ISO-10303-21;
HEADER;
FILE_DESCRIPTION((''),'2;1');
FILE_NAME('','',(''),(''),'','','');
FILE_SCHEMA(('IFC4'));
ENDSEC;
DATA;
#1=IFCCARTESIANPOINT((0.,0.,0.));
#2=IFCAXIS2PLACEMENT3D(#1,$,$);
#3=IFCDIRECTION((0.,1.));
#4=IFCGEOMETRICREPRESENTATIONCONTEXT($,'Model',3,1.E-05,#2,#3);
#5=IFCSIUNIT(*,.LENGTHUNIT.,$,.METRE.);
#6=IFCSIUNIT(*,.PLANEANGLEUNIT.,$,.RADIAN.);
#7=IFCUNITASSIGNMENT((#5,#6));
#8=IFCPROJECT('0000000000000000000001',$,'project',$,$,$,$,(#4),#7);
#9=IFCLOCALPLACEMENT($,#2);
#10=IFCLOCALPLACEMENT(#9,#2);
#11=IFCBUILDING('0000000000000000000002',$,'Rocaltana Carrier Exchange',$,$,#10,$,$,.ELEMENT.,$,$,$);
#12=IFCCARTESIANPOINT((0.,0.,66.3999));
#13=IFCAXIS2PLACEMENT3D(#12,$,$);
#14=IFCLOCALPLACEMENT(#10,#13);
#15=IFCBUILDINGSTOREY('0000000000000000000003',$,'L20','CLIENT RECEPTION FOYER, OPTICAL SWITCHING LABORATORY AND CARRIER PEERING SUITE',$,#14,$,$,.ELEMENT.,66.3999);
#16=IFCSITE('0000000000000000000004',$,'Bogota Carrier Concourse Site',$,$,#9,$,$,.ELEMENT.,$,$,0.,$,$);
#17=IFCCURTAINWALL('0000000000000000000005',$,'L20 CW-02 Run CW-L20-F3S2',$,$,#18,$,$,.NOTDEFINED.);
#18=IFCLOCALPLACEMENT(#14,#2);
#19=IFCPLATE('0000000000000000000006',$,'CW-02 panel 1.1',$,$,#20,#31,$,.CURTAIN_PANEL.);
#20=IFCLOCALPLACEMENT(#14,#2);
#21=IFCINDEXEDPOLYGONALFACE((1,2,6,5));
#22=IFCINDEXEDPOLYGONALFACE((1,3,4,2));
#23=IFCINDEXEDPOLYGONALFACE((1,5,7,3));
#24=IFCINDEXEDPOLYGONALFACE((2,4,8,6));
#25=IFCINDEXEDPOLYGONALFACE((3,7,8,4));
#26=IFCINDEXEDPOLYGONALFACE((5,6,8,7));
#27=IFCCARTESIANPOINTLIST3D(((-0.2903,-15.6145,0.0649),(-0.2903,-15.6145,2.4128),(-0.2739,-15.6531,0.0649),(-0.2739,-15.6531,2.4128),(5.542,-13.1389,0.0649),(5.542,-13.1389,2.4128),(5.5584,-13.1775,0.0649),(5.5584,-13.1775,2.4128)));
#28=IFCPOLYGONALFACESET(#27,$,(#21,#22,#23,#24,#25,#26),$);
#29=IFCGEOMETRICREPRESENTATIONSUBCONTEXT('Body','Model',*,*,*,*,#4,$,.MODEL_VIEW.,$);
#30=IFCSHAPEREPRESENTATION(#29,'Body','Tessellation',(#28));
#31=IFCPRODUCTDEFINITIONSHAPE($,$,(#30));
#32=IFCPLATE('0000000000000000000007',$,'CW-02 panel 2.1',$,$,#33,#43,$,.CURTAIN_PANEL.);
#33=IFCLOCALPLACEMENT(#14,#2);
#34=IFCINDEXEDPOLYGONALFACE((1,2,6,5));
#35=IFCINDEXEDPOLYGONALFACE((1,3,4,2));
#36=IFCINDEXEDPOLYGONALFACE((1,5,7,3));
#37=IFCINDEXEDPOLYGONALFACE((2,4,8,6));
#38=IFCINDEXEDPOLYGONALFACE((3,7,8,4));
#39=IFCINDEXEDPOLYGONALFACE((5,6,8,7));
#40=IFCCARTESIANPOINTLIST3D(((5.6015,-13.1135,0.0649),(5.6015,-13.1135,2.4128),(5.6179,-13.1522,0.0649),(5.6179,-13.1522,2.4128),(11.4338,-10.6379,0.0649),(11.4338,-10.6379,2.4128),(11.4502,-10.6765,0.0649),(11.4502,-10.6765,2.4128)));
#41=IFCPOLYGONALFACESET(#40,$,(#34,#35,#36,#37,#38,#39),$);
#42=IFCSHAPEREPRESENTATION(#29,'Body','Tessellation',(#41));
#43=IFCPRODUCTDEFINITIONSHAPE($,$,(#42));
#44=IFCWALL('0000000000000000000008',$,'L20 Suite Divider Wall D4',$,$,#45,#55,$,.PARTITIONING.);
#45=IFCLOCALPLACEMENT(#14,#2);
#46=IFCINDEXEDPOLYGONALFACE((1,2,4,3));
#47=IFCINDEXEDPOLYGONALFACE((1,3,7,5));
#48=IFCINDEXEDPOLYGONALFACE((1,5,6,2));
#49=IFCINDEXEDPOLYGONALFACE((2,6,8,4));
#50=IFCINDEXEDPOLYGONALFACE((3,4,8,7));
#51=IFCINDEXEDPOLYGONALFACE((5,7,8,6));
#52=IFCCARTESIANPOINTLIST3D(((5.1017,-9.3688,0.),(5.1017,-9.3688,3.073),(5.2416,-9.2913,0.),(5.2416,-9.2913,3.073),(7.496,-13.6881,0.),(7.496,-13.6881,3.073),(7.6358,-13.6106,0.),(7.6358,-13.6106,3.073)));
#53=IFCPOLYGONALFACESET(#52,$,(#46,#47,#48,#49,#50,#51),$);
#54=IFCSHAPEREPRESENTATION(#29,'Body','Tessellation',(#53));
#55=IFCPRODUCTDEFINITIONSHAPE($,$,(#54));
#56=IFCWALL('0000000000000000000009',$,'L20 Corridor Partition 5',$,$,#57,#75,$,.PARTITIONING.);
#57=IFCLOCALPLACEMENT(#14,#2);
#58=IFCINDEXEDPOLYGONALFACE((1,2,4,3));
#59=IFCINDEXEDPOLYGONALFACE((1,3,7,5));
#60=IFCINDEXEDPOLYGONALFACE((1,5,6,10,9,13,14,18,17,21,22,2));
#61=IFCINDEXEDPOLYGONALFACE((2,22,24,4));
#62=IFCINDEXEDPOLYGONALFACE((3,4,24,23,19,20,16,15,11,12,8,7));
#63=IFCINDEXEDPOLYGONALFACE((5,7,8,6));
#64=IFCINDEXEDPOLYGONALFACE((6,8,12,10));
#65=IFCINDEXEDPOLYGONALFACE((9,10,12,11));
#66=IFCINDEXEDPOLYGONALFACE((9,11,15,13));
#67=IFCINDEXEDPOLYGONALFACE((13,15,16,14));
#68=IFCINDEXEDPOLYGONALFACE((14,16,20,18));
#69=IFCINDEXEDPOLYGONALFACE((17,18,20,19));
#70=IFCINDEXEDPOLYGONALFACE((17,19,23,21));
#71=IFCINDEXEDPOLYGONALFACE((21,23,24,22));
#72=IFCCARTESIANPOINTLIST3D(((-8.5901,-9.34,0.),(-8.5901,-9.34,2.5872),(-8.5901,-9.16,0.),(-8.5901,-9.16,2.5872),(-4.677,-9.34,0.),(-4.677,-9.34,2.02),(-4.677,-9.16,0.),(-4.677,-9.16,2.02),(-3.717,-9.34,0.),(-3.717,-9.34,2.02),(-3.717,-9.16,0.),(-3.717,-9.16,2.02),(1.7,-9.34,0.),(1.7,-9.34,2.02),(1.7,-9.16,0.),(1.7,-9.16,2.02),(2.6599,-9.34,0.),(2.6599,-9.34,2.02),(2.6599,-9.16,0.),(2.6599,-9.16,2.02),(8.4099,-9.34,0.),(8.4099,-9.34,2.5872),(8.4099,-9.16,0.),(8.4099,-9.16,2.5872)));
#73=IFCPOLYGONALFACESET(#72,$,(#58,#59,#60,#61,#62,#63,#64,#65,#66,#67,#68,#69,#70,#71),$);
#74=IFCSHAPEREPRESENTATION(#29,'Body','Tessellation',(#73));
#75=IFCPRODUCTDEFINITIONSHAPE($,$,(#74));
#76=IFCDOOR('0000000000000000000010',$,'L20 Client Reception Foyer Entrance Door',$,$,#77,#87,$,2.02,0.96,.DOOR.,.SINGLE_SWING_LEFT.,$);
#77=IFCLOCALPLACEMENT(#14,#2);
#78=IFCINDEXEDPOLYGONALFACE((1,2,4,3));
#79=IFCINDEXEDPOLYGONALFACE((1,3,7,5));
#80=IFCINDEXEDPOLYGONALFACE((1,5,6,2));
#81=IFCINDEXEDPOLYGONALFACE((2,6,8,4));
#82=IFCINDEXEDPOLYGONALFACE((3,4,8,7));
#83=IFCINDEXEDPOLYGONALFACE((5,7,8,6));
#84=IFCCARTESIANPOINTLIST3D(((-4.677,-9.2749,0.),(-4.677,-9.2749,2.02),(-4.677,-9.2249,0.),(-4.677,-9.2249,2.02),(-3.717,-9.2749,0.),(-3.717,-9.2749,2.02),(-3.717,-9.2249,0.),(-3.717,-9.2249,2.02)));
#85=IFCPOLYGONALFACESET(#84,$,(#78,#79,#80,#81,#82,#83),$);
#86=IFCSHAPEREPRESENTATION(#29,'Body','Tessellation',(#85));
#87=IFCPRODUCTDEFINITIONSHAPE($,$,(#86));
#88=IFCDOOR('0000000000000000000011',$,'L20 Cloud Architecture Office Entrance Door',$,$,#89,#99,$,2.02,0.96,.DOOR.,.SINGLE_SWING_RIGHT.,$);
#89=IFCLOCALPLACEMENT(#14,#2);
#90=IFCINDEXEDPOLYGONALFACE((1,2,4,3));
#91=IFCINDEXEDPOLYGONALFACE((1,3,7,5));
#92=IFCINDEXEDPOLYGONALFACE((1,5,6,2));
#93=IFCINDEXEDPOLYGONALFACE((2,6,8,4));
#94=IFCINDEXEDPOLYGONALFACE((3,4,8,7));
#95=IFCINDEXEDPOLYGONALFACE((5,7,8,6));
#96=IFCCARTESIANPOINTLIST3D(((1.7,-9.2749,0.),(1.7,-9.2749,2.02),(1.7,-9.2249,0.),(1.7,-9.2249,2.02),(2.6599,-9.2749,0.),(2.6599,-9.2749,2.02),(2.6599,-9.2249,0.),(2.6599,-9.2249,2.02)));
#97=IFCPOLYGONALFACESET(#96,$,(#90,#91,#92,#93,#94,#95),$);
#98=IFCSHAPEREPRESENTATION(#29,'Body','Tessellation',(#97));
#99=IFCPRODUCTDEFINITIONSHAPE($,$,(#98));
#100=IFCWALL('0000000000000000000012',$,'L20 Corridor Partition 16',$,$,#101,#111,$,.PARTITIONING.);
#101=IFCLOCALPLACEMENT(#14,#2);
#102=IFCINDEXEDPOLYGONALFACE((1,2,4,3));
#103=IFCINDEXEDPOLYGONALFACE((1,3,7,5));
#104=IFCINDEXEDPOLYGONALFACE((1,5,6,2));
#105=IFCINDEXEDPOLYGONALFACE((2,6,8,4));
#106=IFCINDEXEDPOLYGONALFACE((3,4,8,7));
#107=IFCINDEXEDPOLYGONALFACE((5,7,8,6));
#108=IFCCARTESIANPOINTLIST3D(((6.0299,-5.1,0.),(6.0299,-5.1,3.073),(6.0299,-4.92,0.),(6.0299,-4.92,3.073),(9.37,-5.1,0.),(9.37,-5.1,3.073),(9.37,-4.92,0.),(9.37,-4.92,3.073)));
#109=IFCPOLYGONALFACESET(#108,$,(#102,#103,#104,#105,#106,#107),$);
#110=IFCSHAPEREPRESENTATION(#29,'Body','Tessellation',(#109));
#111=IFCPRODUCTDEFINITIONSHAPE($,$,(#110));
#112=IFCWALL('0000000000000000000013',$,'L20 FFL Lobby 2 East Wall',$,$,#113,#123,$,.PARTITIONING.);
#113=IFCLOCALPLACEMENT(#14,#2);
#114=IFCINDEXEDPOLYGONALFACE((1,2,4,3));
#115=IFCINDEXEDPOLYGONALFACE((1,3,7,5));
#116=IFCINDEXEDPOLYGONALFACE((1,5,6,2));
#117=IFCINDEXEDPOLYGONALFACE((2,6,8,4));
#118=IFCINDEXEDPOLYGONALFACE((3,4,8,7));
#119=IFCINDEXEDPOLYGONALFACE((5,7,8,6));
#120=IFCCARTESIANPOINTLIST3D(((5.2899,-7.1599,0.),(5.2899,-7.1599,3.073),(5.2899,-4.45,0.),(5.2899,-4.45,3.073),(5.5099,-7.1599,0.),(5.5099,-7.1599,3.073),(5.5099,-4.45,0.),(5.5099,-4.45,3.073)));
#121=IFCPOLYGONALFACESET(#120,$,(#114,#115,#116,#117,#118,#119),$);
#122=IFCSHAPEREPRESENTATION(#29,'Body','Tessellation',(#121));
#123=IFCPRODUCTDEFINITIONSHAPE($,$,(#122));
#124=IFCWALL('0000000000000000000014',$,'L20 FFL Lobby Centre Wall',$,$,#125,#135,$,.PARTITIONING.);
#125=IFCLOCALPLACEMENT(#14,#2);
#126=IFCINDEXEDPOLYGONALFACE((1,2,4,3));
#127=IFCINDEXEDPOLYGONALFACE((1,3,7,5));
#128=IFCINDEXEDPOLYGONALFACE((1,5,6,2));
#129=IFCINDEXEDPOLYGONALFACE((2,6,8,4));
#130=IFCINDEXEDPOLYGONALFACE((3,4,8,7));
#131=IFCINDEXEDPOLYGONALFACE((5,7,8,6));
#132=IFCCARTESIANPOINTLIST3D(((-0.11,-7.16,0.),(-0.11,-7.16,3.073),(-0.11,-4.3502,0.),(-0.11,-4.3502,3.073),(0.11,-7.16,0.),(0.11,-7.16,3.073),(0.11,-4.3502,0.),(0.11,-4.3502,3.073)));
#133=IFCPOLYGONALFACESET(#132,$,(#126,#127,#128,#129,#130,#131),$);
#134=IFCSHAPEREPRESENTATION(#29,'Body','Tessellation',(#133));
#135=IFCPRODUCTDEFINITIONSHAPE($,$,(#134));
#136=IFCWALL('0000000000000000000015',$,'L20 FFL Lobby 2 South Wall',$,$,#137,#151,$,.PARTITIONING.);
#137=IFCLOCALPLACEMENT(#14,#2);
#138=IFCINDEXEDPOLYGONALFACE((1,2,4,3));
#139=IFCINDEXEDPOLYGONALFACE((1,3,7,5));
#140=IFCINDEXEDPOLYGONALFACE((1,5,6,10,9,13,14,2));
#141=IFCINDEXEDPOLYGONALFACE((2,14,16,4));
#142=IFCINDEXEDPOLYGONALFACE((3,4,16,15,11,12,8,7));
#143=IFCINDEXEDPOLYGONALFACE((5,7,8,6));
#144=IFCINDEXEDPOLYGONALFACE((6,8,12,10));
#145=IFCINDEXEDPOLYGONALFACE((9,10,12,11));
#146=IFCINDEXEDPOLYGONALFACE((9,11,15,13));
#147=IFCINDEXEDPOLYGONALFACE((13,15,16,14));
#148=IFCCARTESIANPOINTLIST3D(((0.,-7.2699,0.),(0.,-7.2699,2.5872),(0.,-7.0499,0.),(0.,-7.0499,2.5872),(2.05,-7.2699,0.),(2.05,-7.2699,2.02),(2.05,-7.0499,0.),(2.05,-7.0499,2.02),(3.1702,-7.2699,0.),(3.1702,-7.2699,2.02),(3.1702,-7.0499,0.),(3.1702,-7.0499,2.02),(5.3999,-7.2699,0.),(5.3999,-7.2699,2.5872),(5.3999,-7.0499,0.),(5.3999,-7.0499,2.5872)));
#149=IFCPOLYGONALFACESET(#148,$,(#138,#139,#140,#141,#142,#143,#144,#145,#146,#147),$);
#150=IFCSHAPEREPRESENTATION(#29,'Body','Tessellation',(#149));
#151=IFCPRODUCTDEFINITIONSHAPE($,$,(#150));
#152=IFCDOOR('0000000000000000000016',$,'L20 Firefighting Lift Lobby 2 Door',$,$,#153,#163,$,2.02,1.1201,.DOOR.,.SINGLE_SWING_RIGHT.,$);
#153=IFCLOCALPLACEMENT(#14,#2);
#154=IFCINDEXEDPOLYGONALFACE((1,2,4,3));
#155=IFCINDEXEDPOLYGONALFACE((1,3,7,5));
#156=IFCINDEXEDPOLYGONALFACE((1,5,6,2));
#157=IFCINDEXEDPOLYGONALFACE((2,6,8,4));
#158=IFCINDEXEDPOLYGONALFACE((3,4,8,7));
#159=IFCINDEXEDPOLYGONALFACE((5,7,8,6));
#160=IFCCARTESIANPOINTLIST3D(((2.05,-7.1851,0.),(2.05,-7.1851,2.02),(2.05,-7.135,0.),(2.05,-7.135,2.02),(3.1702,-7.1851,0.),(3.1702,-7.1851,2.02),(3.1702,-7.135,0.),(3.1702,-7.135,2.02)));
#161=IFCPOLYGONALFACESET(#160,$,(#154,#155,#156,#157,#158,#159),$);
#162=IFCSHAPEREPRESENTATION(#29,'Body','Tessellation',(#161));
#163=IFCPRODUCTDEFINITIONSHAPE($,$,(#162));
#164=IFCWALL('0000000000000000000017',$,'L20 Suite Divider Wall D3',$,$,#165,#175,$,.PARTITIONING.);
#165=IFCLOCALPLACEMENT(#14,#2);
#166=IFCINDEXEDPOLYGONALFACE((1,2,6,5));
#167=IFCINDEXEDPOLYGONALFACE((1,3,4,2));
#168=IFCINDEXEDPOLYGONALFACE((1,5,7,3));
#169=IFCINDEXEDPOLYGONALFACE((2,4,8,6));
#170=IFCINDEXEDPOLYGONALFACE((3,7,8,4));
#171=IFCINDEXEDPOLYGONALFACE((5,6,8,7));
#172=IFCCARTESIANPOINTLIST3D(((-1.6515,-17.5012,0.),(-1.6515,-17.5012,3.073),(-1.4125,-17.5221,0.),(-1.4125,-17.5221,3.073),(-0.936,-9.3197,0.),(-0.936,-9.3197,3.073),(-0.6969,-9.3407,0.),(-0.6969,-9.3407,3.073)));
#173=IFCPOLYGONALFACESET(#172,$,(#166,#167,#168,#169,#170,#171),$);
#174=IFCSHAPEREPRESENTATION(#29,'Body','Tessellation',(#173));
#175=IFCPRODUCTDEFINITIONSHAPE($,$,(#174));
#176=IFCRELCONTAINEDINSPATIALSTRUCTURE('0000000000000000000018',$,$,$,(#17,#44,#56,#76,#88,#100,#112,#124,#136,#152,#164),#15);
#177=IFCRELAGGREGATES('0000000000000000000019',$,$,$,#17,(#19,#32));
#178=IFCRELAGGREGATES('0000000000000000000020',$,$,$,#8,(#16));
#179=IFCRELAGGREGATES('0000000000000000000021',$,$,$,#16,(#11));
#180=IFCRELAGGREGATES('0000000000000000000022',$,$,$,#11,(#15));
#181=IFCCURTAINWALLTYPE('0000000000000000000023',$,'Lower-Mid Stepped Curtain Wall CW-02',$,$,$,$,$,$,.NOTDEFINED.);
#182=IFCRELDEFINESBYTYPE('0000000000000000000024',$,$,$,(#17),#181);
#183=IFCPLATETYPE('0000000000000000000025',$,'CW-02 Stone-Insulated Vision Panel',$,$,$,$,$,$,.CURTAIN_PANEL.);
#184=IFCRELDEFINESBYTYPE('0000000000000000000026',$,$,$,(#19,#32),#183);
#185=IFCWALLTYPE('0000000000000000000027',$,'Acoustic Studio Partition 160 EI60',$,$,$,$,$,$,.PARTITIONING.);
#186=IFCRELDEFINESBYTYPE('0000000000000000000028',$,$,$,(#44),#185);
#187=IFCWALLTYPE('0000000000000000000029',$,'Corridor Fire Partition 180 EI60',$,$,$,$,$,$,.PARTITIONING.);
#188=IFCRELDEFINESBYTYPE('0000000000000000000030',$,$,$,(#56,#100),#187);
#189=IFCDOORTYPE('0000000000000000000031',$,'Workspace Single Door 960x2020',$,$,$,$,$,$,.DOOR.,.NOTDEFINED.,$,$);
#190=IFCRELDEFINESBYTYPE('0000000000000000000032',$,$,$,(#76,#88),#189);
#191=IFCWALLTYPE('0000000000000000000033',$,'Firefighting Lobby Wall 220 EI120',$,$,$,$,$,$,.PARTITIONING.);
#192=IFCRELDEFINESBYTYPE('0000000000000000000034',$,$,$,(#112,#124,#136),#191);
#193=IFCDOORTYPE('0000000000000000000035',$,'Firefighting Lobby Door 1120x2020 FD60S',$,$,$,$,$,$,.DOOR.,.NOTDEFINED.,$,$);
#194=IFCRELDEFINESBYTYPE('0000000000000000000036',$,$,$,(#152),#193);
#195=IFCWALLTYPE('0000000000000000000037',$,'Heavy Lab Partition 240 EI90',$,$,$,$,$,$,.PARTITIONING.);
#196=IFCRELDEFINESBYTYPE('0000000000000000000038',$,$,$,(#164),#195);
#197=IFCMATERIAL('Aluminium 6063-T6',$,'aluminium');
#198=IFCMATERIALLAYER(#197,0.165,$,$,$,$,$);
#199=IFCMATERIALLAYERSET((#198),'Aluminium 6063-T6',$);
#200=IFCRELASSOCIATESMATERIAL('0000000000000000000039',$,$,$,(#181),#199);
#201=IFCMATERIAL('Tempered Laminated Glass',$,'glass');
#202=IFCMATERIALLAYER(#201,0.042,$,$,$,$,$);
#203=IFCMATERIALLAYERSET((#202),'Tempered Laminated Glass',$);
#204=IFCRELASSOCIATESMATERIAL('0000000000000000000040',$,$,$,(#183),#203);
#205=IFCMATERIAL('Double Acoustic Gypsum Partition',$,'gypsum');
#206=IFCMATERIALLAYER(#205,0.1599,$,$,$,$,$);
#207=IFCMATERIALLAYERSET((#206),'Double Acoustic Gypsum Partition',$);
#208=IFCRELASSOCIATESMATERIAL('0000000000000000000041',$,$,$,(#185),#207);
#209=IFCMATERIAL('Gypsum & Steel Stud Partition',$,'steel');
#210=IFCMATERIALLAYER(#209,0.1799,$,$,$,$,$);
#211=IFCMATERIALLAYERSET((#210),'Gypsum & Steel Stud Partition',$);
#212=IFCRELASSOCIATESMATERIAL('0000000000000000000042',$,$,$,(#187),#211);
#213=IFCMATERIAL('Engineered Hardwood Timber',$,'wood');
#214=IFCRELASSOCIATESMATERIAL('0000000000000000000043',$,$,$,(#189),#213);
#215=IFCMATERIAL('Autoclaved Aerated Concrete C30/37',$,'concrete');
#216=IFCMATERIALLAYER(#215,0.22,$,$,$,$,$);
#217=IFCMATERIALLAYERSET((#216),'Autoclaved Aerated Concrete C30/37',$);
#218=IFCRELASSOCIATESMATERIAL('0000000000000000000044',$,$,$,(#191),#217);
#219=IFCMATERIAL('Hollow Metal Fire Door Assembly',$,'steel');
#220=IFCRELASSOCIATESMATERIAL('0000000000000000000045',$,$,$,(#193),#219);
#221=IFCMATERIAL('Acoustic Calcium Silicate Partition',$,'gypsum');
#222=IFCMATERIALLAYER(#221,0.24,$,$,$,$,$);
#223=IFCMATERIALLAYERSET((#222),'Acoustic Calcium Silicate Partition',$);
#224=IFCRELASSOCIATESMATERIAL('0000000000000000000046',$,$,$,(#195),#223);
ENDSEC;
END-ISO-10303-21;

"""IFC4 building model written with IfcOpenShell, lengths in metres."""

from ifc_helpers import new_model, si_unit, direction, frame, frame_2d, origin, origin_2d, place, context, subcontext, project, spatial, rectangle, extrude, material, layer, layer_set, type_object, element, fill, aggregate, save


model = new_model("IFC4")

# Units and contexts
model_context = context("Model", 3, precision=1e-05, world=origin(), true_north=direction((0.0, 1.0)))
body_context = subcontext(model_context, "Body", "Model", "MODEL_VIEW")
ifc_project = project(units=[si_unit("LENGTHUNIT", "METRE"), si_unit("PLANEANGLEUNIT", "RADIAN")], contexts=[model_context])

# Site, building, storey
site_placement = place(None, origin())
site = spatial("IfcSite", under=ifc_project, at=site_placement, Name="Bogota Carrier Concourse Site", CompositionType="ELEMENT", RefElevation=0.0)
building_placement = place(site_placement, origin())
building = spatial("IfcBuilding", under=site, at=building_placement, Name="Rocaltana Carrier Exchange", CompositionType="ELEMENT")
storey_placement = place(building_placement, frame((0.0, 0.0, 66.3999)))
storey = spatial("IfcBuildingStorey", under=building, at=storey_placement, Name="L20", Description="CLIENT RECEPTION FOYER, OPTICAL SWITCHING LABORATORY AND CARRIER PEERING SUITE", CompositionType="ELEMENT", Elevation=66.3999)

# Curtain wall
ifc_material_1 = material(Name="Aluminium 6063-T6", Category="aluminium")
ifc_layer_1 = layer(ifc_material_1, 0.165)
ifc_layer_set_1 = layer_set([ifc_layer_1], Name="Aluminium 6063-T6")
curtain_wall_type = type_object("IfcCurtainWallType", Name="Lower-Mid Stepped Curtain Wall CW-02", PredefinedType="NOTDEFINED", material=ifc_layer_set_1)
curtain_wall_placement = place(storey_placement, origin())
curtain_wall = element("IfcCurtainWall", 1, at=curtain_wall_placement, inside=storey, type_object=curtain_wall_type, Name="L20 CW-02 Run CW-L20-F3S2", PredefinedType="NOTDEFINED")

# Plates
ifc_material_2 = material(Name="Tempered Laminated Glass", Category="glass")
ifc_layer_2 = layer(ifc_material_2, 0.042)
ifc_layer_set_2 = layer_set([ifc_layer_2], Name="Tempered Laminated Glass")
plate_type = type_object("IfcPlateType", Name="CW-02 Stone-Insulated Vision Panel", PredefinedType="CURTAIN_PANEL", material=ifc_layer_set_2)
plate_1_placement = place(storey_placement, frame((2.634, -14.396, 0.0649), z_axis=(0.0, 0.0, 1.0), x_axis=(0.920506, 0.390729, 0.0)))
plate_1 = element("IfcPlate", 2, at=plate_1_placement, type_object=plate_type, Name="CW-02 panel 1.1", PredefinedType="CURTAIN_PANEL", context=body_context, shape_type="SweptSolid", body=[
    extrude(rectangle(XDim=6.3359, YDim=0.042, at=origin_2d()), origin(), (0.0, 0.0, 1.0), 2.3479),
])
plate_2_placement = place(storey_placement, frame((8.5259, -11.895, 0.0649), z_axis=(0.0, 0.0, 1.0), x_axis=(0.920506, 0.390729, 0.0)))
plate_2 = element("IfcPlate", 3, at=plate_2_placement, type_object=plate_type, Name="CW-02 panel 2.1", PredefinedType="CURTAIN_PANEL", context=body_context, shape_type="SweptSolid", body=[
    extrude(rectangle(XDim=6.3359, YDim=0.042, at=origin_2d()), origin(), (0.0, 0.0, 1.0), 2.3479),
])
aggregate(curtain_wall, [plate_1, plate_2])

# Wall
ifc_material_3 = material(Name="Double Acoustic Gypsum Partition", Category="gypsum")
ifc_layer_3 = layer(ifc_material_3, 0.1599)
ifc_layer_set_3 = layer_set([ifc_layer_3], Name="Double Acoustic Gypsum Partition")
wall_type_1 = type_object("IfcWallType", Name="Acoustic Studio Partition 160 EI60", PredefinedType="PARTITIONING", material=ifc_layer_set_3)
wall_1_placement = place(storey_placement, frame((5.1716, -9.3301, 0.0), z_axis=(0.0, 0.0, 1.0), x_axis=(0.484816, -0.874616, 0.0)))
element("IfcWall", 4, at=wall_1_placement, inside=storey, type_object=wall_type_1, Name="L20 Suite Divider Wall D4", PredefinedType="PARTITIONING", context=body_context, shape_type="SweptSolid", body=[
    extrude(rectangle(XDim=4.9385, YDim=0.1599, at=frame_2d((2.4692, 0.0))), origin(), (0.0, 0.0, 1.0), 3.073),
])

# Wall, openings, doors
ifc_material_4 = material(Name="Gypsum & Steel Stud Partition", Category="steel")
ifc_layer_4 = layer(ifc_material_4, 0.1799)
ifc_layer_set_4 = layer_set([ifc_layer_4], Name="Gypsum & Steel Stud Partition")
wall_type_2 = type_object("IfcWallType", Name="Corridor Fire Partition 180 EI60", PredefinedType="PARTITIONING", material=ifc_layer_set_4)
wall_2_placement = place(storey_placement, frame((8.4099, -9.25, 0.0), z_axis=(0.0, 0.0, 1.0), x_axis=(-1.0, 0.0, 0.0)))
wall_2 = element("IfcWall", 5, at=wall_2_placement, inside=storey, type_object=wall_type_2, Name="L20 Corridor Partition 5", PredefinedType="PARTITIONING", context=body_context, shape_type="SweptSolid", body=[
    extrude(rectangle(XDim=17.0, YDim=0.1799, at=frame_2d((8.5, 0.0))), origin(), (0.0, 0.0, 1.0), 2.5872),
])
opening_1_placement = place(wall_2_placement, frame((12.127, 0.0, 0.0)))
opening_1 = element("IfcOpeningElement", 6, at=opening_1_placement, cuts=wall_2, PredefinedType="OPENING", context=body_context, shape_type="SweptSolid", body=[
    extrude(rectangle(XDim=0.96, YDim=2.02, at=frame_2d((0.48, 1.01))), frame((0.0, 0.0999, 0.0), z_axis=(0.0, -1.0, 0.0), x_axis=(1.0, 0.0, 0.0)), (0.0, 0.0, 1.0), 0.2),
])
opening_2_placement = place(wall_2_placement, frame((5.75, 0.0, 0.0)))
opening_2 = element("IfcOpeningElement", 7, at=opening_2_placement, cuts=wall_2, PredefinedType="OPENING", context=body_context, shape_type="SweptSolid", body=[
    extrude(rectangle(XDim=0.96, YDim=2.02, at=frame_2d((0.48, 1.01))), frame((0.0, 0.0999, 0.0), z_axis=(0.0, -1.0, 0.0), x_axis=(1.0, 0.0, 0.0)), (0.0, 0.0, 1.0), 0.2),
])
ifc_material_5 = material(Name="Engineered Hardwood Timber", Category="wood")
door_type_1 = type_object("IfcDoorType", Name="Workspace Single Door 960x2020", OperationType="NOTDEFINED", PredefinedType="DOOR", material=ifc_material_5)
door_1_placement = place(opening_1_placement, origin())
door_1 = element("IfcDoor", 8, at=door_1_placement, inside=storey, type_object=door_type_1, Name="L20 Client Reception Foyer Entrance Door", OperationType="SINGLE_SWING_LEFT", OverallHeight=2.02, OverallWidth=0.96, PredefinedType="DOOR", context=body_context, shape_type="SweptSolid", body=[
    extrude(rectangle(XDim=0.96, YDim=2.02, at=frame_2d((0.48, 1.01))), frame((0.0, 0.0249, 0.0), z_axis=(0.0, -1.0, 0.0), x_axis=(1.0, 0.0, 0.0)), (0.0, 0.0, 1.0), 0.05),
])
fill(opening_1, door_1)
door_2_placement = place(opening_2_placement, origin())
door_2 = element("IfcDoor", 9, at=door_2_placement, inside=storey, type_object=door_type_1, Name="L20 Cloud Architecture Office Entrance Door", OperationType="SINGLE_SWING_RIGHT", OverallHeight=2.02, OverallWidth=0.96, PredefinedType="DOOR", context=body_context, shape_type="SweptSolid", body=[
    extrude(rectangle(XDim=0.96, YDim=2.02, at=frame_2d((0.48, 1.01))), frame((0.0, 0.0249, 0.0), z_axis=(0.0, -1.0, 0.0), x_axis=(1.0, 0.0, 0.0)), (0.0, 0.0, 1.0), 0.05),
])
fill(opening_2, door_2)

# Walls
wall_3_placement = place(storey_placement, frame((6.03, -5.01, 0.0), z_axis=(0.0, 0.0, 1.0), x_axis=(1.0, 0.0, 0.0)))
element("IfcWall", 10, at=wall_3_placement, inside=storey, type_object=wall_type_2, Name="L20 Corridor Partition 16", PredefinedType="PARTITIONING", context=body_context, shape_type="SweptSolid", body=[
    extrude(rectangle(XDim=3.3401, YDim=0.1799, at=frame_2d((1.6699, 0.0))), origin(), (0.0, 0.0, 1.0), 3.073),
])
ifc_material_6 = material(Name="Autoclaved Aerated Concrete C30/37", Category="concrete")
ifc_layer_5 = layer(ifc_material_6, 0.22)
ifc_layer_set_5 = layer_set([ifc_layer_5], Name="Autoclaved Aerated Concrete C30/37")
wall_type_3 = type_object("IfcWallType", Name="Firefighting Lobby Wall 220 EI120", PredefinedType="PARTITIONING", material=ifc_layer_set_5)
wall_4_placement = place(storey_placement, frame((5.3999, -7.1599, 0.0), z_axis=(0.0, 0.0, 1.0), x_axis=(0.0, 1.0, 0.0)))
element("IfcWall", 11, at=wall_4_placement, inside=storey, type_object=wall_type_3, Name="L20 FFL Lobby 2 East Wall", PredefinedType="PARTITIONING", context=body_context, shape_type="SweptSolid", body=[
    extrude(rectangle(XDim=2.71, YDim=0.22, at=frame_2d((1.355, 0.0))), origin(), (0.0, 0.0, 1.0), 3.073),
])
wall_5_placement = place(storey_placement, frame((0.0, -7.1599, 0.0), z_axis=(0.0, 0.0, 1.0), x_axis=(0.0, 1.0, 0.0)))
element("IfcWall", 12, at=wall_5_placement, inside=storey, type_object=wall_type_3, Name="L20 FFL Lobby Centre Wall", PredefinedType="PARTITIONING", context=body_context, shape_type="SweptSolid", body=[
    extrude(rectangle(XDim=2.8098, YDim=0.22, at=frame_2d((1.4048, 0.0))), origin(), (0.0, 0.0, 1.0), 3.073),
])

# Wall, opening, door
wall_6_placement = place(storey_placement, frame((0.0, -7.1599, 0.0), z_axis=(0.0, 0.0, 1.0), x_axis=(1.0, 0.0, 0.0)))
wall_6 = element("IfcWall", 13, at=wall_6_placement, inside=storey, type_object=wall_type_3, Name="L20 FFL Lobby 2 South Wall", PredefinedType="PARTITIONING", context=body_context, shape_type="SweptSolid", body=[
    extrude(rectangle(XDim=5.3999, YDim=0.22, at=frame_2d((2.7, 0.0))), origin(), (0.0, 0.0, 1.0), 2.5872),
])
opening_3_placement = place(wall_6_placement, frame((2.05, 0.0, 0.0)))
opening_3 = element("IfcOpeningElement", 14, at=opening_3_placement, cuts=wall_6, PredefinedType="OPENING", context=body_context, shape_type="SweptSolid", body=[
    extrude(rectangle(XDim=1.1201, YDim=2.02, at=frame_2d((0.5601, 1.01))), frame((0.0, 0.1199, 0.0), z_axis=(0.0, -1.0, 0.0), x_axis=(1.0, 0.0, 0.0)), (0.0, 0.0, 1.0), 0.24),
])
ifc_material_7 = material(Name="Hollow Metal Fire Door Assembly", Category="steel")
door_type_2 = type_object("IfcDoorType", Name="Firefighting Lobby Door 1120x2020 FD60S", OperationType="NOTDEFINED", PredefinedType="DOOR", material=ifc_material_7)
door_3_placement = place(opening_3_placement, origin())
door_3 = element("IfcDoor", 15, at=door_3_placement, inside=storey, type_object=door_type_2, Name="L20 Firefighting Lift Lobby 2 Door", OperationType="SINGLE_SWING_RIGHT", OverallHeight=2.02, OverallWidth=1.1201, PredefinedType="DOOR", context=body_context, shape_type="SweptSolid", body=[
    extrude(rectangle(XDim=1.1201, YDim=2.02, at=frame_2d((0.5601, 1.01))), frame((0.0, 0.0249, 0.0), z_axis=(0.0, -1.0, 0.0), x_axis=(1.0, 0.0, 0.0)), (0.0, 0.0, 1.0), 0.05),
])
fill(opening_3, door_3)

# Wall
ifc_material_8 = material(Name="Acoustic Calcium Silicate Partition", Category="gypsum")
ifc_layer_6 = layer(ifc_material_8, 0.24)
ifc_layer_set_6 = layer_set([ifc_layer_6], Name="Acoustic Calcium Silicate Partition")
wall_type_4 = type_object("IfcWallType", Name="Heavy Lab Partition 240 EI90", PredefinedType="PARTITIONING", material=ifc_layer_set_6)
wall_7_placement = place(storey_placement, frame((-0.8164, -9.3301, 0.0), z_axis=(0.0, 0.0, 1.0), x_axis=(-0.087131, -0.996197, 0.0)))
element("IfcWall", 16, at=wall_7_placement, inside=storey, type_object=wall_type_4, Name="L20 Suite Divider Wall D3", PredefinedType="PARTITIONING", context=body_context, shape_type="SweptSolid", body=[
    extrude(rectangle(XDim=8.2126, YDim=0.24, at=frame_2d((4.1064, 0.0))), origin(), (0.0, 0.0, 1.0), 3.073),
])

save(model, "model.ifc")
